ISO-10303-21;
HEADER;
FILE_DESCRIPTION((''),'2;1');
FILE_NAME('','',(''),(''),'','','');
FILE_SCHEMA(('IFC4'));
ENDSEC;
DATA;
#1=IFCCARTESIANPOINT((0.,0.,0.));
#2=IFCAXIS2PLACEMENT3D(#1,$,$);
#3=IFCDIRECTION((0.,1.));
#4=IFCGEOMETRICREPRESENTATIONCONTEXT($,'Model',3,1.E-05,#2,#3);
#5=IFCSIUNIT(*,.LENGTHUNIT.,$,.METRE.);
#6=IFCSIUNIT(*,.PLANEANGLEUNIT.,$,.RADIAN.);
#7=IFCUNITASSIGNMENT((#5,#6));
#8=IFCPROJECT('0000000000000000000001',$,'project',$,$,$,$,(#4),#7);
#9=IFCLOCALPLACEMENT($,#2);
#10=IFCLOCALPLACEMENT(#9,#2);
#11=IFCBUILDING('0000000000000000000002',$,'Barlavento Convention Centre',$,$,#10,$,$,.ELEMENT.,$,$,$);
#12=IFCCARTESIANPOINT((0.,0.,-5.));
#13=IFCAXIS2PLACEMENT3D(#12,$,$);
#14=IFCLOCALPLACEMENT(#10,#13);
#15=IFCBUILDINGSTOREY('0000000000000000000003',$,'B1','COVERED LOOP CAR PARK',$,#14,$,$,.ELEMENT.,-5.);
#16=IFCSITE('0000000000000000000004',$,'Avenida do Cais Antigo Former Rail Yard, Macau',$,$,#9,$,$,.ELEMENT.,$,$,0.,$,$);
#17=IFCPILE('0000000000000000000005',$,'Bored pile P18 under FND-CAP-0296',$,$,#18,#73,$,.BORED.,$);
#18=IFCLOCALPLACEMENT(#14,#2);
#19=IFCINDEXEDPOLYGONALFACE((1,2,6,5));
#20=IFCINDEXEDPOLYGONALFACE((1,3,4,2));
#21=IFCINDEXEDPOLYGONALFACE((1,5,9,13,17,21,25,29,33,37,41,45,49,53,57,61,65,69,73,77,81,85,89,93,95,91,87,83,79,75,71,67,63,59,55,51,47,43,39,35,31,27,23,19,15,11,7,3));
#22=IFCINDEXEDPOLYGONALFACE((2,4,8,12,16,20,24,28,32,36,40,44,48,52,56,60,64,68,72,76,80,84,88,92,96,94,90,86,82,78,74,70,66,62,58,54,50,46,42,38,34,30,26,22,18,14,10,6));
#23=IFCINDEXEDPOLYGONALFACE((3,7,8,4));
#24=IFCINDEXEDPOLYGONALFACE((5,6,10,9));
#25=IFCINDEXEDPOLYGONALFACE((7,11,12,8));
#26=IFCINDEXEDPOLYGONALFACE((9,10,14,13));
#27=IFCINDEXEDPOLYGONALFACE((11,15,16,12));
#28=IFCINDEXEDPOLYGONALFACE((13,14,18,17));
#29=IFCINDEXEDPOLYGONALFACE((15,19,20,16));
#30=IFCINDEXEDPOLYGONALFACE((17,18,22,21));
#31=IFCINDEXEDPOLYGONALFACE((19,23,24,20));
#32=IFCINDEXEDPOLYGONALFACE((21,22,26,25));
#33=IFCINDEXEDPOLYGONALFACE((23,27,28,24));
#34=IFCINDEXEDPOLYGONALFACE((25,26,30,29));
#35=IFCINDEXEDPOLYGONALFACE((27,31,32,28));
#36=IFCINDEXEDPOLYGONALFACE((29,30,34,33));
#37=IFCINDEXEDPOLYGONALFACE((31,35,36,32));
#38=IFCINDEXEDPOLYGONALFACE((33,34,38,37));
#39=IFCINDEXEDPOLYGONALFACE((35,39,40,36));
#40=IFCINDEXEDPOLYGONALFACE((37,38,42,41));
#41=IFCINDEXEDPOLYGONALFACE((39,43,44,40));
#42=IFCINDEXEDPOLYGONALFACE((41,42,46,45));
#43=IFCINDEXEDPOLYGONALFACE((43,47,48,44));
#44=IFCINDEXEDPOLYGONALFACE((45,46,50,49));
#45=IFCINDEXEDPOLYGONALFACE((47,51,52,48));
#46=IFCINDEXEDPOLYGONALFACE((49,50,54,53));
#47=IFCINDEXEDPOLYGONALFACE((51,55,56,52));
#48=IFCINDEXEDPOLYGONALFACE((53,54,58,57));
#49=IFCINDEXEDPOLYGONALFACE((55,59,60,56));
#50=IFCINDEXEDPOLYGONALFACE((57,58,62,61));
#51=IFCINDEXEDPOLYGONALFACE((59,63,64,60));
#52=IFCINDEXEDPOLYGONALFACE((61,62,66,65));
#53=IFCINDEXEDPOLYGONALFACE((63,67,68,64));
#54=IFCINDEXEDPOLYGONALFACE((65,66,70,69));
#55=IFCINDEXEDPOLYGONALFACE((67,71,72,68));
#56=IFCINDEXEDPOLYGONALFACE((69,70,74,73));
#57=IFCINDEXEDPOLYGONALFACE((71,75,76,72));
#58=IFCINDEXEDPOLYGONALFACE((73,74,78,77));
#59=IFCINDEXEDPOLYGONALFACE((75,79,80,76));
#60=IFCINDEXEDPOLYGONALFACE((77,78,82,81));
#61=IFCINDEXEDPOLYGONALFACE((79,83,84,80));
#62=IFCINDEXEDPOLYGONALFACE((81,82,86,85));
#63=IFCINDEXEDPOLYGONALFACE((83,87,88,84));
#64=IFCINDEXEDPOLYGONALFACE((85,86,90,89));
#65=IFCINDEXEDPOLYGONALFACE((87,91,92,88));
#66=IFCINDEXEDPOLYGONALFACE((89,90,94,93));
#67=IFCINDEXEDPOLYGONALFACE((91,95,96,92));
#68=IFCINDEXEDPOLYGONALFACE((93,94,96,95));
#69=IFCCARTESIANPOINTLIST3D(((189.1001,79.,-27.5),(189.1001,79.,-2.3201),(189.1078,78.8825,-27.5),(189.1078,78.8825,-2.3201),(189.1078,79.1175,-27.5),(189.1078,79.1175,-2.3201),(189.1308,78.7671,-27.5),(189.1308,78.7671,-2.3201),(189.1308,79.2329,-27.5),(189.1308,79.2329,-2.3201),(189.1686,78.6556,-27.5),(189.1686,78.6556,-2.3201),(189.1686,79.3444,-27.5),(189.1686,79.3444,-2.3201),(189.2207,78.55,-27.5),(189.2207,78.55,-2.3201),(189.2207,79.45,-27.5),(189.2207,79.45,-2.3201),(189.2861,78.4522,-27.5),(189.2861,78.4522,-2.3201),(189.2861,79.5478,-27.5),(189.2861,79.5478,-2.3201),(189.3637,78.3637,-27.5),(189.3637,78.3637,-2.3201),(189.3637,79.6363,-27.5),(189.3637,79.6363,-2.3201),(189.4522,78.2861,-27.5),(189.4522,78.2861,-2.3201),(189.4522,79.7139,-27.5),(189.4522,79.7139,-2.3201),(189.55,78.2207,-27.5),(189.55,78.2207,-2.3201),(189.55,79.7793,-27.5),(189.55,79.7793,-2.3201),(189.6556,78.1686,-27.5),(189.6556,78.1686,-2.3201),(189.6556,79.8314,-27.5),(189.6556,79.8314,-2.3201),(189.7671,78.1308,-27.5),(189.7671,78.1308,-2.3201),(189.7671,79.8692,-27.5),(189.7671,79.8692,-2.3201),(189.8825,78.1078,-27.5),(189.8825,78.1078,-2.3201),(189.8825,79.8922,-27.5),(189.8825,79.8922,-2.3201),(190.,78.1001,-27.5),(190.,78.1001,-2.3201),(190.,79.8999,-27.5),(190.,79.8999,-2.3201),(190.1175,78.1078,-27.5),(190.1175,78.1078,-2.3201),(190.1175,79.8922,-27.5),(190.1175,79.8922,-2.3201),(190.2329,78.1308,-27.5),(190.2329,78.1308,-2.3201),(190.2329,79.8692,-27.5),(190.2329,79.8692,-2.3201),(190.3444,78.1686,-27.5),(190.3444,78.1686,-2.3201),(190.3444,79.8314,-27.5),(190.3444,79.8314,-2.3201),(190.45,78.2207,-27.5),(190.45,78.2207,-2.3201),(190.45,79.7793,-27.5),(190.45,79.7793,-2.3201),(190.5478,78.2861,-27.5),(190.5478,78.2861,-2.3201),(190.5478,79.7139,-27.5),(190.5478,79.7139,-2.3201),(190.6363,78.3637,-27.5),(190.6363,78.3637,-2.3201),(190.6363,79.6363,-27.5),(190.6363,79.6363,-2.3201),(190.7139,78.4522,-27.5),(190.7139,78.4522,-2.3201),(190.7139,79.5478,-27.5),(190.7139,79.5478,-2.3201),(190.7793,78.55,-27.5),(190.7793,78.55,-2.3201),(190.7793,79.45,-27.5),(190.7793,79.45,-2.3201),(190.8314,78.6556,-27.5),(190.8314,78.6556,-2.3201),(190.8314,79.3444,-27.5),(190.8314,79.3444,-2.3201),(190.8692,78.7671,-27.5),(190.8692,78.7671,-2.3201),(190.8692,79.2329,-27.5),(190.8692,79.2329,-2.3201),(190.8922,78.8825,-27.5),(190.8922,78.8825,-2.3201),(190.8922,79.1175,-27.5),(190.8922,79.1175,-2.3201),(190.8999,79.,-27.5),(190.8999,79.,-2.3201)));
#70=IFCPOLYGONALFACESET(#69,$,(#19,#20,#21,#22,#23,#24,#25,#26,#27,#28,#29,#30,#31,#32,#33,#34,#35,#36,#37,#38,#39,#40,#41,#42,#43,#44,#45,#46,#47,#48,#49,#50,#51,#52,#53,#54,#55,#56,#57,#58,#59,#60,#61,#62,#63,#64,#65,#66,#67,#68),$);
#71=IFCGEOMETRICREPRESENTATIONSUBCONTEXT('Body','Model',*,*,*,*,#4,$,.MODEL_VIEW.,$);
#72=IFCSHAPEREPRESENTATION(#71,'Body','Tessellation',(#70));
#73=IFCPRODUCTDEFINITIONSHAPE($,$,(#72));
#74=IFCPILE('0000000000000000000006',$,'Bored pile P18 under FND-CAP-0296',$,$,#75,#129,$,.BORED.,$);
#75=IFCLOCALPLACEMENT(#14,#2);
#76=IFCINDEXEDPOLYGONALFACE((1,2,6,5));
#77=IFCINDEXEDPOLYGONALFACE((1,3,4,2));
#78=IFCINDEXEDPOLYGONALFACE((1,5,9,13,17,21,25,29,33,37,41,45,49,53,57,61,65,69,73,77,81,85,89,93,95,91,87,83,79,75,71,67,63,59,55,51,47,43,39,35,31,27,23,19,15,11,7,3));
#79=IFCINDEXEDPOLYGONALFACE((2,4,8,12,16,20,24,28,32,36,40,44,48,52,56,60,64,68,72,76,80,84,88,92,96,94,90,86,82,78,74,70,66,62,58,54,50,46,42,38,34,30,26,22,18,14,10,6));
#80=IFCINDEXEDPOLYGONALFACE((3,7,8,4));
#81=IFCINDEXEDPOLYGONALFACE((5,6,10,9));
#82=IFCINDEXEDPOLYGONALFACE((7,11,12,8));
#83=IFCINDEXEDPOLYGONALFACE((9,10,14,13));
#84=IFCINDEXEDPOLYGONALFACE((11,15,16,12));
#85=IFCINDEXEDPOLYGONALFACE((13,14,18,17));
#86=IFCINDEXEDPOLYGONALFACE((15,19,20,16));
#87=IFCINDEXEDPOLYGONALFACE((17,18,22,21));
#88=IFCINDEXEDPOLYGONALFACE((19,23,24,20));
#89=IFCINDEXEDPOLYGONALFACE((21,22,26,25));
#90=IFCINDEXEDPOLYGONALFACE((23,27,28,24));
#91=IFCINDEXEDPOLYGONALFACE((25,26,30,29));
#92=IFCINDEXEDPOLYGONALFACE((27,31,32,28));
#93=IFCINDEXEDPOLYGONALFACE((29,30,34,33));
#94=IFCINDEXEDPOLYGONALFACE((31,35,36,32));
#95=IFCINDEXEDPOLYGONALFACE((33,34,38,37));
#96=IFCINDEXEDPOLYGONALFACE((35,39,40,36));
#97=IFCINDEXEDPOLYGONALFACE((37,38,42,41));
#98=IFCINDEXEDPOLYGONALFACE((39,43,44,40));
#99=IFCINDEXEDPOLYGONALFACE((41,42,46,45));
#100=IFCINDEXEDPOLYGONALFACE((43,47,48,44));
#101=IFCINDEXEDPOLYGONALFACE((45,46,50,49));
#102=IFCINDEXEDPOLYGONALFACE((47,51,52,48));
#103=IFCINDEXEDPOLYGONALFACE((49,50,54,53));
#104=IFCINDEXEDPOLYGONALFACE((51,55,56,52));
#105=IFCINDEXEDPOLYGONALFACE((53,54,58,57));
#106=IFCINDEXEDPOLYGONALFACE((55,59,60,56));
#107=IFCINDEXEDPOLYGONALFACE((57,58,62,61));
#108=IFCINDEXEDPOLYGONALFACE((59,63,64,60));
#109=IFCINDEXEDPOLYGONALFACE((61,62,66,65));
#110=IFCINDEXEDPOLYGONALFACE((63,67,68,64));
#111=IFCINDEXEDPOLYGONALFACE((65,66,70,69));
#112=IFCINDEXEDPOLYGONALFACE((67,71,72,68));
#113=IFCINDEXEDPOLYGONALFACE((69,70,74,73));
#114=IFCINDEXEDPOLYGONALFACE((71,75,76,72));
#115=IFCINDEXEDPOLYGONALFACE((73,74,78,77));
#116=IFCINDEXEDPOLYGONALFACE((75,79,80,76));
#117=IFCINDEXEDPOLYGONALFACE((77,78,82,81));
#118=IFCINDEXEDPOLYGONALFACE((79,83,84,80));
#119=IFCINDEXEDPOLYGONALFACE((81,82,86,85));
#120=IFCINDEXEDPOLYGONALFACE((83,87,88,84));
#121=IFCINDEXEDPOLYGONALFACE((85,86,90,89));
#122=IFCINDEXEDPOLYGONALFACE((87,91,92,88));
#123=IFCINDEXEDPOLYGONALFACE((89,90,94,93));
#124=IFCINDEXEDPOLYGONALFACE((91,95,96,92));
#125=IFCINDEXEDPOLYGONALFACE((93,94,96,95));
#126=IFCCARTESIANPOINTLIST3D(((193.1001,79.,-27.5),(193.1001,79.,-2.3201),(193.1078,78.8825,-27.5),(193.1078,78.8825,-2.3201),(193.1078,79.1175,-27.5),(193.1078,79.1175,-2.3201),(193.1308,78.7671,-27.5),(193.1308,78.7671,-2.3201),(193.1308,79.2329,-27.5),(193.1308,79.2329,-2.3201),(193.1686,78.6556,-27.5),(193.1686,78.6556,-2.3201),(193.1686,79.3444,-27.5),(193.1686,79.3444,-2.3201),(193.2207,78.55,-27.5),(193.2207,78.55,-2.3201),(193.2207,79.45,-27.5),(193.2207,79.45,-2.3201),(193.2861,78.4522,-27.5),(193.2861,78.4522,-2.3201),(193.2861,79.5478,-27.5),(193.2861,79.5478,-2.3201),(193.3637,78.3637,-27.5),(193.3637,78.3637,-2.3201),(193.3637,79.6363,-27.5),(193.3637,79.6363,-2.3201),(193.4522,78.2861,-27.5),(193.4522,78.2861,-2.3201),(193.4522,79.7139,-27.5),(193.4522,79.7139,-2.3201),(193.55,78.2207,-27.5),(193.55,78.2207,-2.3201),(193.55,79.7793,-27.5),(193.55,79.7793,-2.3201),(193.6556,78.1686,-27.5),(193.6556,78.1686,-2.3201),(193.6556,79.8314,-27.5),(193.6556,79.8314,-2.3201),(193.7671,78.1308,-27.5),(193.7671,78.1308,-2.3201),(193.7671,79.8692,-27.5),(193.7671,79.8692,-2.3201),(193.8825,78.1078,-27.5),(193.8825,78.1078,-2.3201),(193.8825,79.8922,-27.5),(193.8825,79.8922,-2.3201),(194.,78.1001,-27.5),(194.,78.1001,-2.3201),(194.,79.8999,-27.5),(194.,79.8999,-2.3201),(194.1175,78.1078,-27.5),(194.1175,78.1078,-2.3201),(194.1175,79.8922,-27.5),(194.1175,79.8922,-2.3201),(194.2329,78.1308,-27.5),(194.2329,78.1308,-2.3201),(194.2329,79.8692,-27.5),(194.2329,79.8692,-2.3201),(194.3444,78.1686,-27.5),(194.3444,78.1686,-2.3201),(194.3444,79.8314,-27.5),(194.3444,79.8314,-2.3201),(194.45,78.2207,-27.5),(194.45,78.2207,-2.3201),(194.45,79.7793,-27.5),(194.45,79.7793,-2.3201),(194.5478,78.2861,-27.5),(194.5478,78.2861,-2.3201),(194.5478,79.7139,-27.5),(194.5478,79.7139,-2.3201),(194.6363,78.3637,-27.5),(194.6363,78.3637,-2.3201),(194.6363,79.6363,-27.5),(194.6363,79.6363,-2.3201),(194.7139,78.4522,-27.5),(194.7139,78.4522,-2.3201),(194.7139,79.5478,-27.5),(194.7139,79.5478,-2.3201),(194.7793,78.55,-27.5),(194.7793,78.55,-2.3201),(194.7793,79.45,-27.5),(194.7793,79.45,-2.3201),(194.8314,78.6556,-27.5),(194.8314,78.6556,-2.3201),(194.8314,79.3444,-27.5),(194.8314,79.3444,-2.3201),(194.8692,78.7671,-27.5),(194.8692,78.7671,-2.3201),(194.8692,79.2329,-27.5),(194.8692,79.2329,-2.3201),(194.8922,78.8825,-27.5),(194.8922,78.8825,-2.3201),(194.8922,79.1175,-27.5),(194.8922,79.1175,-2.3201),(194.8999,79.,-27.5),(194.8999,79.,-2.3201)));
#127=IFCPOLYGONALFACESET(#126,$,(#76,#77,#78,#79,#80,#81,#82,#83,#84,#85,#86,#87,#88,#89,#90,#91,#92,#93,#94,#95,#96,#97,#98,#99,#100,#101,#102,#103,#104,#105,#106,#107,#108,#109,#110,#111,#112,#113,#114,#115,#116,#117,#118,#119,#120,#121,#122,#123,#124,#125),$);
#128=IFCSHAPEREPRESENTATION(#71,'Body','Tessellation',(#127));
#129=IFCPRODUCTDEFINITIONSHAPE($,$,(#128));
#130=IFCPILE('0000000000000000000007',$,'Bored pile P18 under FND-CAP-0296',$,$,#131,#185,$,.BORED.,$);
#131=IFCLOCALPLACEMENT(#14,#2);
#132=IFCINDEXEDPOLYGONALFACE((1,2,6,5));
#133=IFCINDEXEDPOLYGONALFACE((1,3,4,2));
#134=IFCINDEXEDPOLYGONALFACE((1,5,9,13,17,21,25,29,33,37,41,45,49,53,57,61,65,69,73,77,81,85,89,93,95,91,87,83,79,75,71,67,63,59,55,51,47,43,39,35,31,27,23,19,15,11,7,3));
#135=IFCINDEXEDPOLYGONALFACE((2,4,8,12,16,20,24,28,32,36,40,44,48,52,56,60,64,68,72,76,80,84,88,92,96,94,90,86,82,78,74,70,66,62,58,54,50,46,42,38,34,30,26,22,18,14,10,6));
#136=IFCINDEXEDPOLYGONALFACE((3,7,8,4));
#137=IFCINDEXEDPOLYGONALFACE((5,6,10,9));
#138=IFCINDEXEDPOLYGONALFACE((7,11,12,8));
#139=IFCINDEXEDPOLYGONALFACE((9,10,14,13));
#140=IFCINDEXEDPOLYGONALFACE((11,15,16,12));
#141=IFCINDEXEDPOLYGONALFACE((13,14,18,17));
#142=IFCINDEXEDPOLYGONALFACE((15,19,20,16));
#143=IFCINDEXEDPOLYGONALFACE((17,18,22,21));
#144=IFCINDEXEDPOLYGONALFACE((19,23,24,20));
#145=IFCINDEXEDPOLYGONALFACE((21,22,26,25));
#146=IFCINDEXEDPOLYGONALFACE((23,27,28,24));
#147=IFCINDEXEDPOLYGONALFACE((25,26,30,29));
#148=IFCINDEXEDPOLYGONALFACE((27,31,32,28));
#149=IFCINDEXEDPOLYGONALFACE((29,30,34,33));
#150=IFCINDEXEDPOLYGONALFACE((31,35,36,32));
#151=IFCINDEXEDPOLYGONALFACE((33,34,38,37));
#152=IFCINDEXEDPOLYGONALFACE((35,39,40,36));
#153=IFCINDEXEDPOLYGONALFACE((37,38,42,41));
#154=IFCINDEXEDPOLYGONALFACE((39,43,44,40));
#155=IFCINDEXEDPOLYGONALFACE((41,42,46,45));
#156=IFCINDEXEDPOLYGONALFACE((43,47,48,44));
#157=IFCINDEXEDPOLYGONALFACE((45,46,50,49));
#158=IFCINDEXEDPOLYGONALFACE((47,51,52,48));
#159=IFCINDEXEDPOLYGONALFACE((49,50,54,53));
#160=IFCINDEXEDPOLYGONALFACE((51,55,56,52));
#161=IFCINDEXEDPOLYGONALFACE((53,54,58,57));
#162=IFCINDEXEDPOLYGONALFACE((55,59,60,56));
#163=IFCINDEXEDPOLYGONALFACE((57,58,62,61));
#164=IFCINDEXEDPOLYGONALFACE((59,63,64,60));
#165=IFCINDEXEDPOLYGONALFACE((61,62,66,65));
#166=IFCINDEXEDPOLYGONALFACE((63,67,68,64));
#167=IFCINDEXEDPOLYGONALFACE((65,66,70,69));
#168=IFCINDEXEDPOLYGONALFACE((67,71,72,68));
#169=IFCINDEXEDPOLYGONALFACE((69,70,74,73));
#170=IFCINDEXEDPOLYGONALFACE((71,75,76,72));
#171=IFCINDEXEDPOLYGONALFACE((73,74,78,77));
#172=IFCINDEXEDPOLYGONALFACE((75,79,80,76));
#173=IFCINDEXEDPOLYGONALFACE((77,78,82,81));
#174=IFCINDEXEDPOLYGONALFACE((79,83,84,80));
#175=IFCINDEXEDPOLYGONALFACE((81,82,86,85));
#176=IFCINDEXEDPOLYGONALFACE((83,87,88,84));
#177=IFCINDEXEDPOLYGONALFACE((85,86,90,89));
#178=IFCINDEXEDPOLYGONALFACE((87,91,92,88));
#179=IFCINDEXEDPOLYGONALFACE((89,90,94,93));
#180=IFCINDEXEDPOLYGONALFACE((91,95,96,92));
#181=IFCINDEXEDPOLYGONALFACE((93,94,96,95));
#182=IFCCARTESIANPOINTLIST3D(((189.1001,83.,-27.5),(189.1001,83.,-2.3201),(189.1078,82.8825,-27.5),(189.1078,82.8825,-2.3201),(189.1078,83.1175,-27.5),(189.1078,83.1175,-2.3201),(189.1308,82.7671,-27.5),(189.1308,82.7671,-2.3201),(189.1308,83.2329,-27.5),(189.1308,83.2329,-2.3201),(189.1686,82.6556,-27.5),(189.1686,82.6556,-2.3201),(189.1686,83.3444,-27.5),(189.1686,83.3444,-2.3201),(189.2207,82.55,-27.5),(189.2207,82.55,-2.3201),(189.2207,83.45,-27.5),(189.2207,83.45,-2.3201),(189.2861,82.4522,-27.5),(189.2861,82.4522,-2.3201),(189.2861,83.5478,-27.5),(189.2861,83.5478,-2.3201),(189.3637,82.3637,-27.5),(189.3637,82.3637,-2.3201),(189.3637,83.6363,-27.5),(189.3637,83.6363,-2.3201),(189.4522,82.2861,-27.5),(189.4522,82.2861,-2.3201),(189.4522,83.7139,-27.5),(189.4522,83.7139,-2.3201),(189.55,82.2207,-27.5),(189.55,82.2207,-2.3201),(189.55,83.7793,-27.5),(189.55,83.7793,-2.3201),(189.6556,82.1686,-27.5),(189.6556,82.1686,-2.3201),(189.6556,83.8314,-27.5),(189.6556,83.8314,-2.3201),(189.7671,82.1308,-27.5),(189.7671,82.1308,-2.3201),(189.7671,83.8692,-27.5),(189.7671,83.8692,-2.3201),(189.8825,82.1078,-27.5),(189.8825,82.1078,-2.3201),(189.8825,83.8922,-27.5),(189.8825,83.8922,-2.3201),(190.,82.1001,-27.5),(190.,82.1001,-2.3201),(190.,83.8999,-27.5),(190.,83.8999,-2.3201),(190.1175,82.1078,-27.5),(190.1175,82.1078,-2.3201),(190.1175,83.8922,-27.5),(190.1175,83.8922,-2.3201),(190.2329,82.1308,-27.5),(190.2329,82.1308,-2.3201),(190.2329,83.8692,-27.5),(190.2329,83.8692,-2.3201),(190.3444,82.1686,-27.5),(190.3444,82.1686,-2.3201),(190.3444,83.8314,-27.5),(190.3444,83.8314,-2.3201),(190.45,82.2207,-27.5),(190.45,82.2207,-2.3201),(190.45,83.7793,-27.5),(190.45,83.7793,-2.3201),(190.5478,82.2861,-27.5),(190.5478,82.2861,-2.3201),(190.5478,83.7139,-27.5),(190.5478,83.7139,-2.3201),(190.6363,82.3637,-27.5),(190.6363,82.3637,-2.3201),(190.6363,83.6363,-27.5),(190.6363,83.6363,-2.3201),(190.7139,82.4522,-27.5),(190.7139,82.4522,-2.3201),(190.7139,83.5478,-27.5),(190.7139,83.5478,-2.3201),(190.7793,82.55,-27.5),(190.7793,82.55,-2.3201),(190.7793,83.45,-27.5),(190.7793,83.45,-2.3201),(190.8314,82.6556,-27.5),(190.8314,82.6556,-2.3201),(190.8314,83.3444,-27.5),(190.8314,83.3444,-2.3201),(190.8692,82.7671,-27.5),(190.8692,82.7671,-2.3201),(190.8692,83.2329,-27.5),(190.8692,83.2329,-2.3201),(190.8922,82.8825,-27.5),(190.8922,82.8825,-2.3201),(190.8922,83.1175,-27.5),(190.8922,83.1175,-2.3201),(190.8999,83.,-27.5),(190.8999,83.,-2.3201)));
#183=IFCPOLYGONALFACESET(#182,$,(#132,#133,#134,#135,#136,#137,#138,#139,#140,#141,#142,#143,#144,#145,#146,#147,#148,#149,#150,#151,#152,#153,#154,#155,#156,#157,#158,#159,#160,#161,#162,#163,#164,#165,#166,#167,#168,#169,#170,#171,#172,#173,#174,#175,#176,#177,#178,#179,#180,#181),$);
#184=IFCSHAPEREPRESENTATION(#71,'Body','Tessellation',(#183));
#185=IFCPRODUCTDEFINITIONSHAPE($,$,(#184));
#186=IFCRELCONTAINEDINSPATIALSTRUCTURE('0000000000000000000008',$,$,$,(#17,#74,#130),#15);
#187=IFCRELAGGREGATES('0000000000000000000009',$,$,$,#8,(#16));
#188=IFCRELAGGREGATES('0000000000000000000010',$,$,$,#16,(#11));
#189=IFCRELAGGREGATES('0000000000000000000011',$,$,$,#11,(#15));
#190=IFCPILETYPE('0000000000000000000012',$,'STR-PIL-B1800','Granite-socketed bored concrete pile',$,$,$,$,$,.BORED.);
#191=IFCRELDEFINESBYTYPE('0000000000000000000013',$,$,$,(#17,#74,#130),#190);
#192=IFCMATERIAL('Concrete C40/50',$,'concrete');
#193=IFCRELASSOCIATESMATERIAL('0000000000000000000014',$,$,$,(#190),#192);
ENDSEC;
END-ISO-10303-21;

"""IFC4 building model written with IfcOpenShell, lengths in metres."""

from ifc_helpers import new_model, si_unit, direction, frame, origin, origin_2d, place, context, subcontext, project, spatial, circle, extrude, material, material_profile, profile_set, type_object, element, save


model = new_model("IFC4")

# Units and contexts
model_context = context("Model", 3, precision=1e-05, world=origin(), true_north=direction((0.0, 1.0)))
body_context = subcontext(model_context, "Body", "Model", "MODEL_VIEW")
ifc_project = project(units=[si_unit("LENGTHUNIT", "METRE"), si_unit("PLANEANGLEUNIT", "RADIAN")], contexts=[model_context])

# Site, building, storey
site_placement = place(None, origin())
site = spatial("IfcSite", under=ifc_project, at=site_placement, Name="Avenida do Cais Antigo Former Rail Yard, Macau", CompositionType="ELEMENT", RefElevation=0.0)
building_placement = place(site_placement, origin())
building = spatial("IfcBuilding", under=site, at=building_placement, Name="Barlavento Convention Centre", CompositionType="ELEMENT")
storey_placement = place(building_placement, frame((0.0, 0.0, -5.0)))
storey = spatial("IfcBuildingStorey", under=building, at=storey_placement, Name="B1", Description="COVERED LOOP CAR PARK", CompositionType="ELEMENT", Elevation=-5.0)

# Shared definitions
ifc_material_1 = material(Name="Concrete C40/50", Category="concrete")

# Piles
ifc_material_profile_1 = material_profile(ifc_material_1, circle(Radius=0.8999, at=origin_2d()), Name="BORED PILE 1800")
ifc_profile_set_1 = profile_set([ifc_material_profile_1], Name="Concrete C40/50")
pile_type_1 = type_object("IfcPileType", Name="STR-PIL-B1800", Description="Granite-socketed bored concrete pile", PredefinedType="BORED", material=ifc_profile_set_1)
for number, where, z_axis, x_axis, name in (
    (1, (190.0, 79.0, -2.3201), (0.0, 0.0, -1.0), (1.0, 0.0, 0.0), "Bored pile P18 under FND-CAP-0296"),
    (2, (194.0, 79.0, -2.3201), (0.0, 0.0, -1.0), (1.0, 0.0, 0.0), "Bored pile P18 under FND-CAP-0296"),
    (3, (190.0, 83.0, -2.3201), (0.0, 0.0, -1.0), (1.0, 0.0, 0.0), "Bored pile P18 under FND-CAP-0296"),
):
    element("IfcPile", number, at=place(storey_placement, frame(where, z_axis=z_axis, x_axis=x_axis)), inside=storey, type_object=pile_type_1, Name=name, PredefinedType="BORED", context=body_context, shape_type="SweptSolid", body=[
        extrude(circle(Radius=0.8999, at=origin_2d()), origin(), (0.0, 0.0, 1.0), 25.1799),
    ])

save(model, "model.ifc")
